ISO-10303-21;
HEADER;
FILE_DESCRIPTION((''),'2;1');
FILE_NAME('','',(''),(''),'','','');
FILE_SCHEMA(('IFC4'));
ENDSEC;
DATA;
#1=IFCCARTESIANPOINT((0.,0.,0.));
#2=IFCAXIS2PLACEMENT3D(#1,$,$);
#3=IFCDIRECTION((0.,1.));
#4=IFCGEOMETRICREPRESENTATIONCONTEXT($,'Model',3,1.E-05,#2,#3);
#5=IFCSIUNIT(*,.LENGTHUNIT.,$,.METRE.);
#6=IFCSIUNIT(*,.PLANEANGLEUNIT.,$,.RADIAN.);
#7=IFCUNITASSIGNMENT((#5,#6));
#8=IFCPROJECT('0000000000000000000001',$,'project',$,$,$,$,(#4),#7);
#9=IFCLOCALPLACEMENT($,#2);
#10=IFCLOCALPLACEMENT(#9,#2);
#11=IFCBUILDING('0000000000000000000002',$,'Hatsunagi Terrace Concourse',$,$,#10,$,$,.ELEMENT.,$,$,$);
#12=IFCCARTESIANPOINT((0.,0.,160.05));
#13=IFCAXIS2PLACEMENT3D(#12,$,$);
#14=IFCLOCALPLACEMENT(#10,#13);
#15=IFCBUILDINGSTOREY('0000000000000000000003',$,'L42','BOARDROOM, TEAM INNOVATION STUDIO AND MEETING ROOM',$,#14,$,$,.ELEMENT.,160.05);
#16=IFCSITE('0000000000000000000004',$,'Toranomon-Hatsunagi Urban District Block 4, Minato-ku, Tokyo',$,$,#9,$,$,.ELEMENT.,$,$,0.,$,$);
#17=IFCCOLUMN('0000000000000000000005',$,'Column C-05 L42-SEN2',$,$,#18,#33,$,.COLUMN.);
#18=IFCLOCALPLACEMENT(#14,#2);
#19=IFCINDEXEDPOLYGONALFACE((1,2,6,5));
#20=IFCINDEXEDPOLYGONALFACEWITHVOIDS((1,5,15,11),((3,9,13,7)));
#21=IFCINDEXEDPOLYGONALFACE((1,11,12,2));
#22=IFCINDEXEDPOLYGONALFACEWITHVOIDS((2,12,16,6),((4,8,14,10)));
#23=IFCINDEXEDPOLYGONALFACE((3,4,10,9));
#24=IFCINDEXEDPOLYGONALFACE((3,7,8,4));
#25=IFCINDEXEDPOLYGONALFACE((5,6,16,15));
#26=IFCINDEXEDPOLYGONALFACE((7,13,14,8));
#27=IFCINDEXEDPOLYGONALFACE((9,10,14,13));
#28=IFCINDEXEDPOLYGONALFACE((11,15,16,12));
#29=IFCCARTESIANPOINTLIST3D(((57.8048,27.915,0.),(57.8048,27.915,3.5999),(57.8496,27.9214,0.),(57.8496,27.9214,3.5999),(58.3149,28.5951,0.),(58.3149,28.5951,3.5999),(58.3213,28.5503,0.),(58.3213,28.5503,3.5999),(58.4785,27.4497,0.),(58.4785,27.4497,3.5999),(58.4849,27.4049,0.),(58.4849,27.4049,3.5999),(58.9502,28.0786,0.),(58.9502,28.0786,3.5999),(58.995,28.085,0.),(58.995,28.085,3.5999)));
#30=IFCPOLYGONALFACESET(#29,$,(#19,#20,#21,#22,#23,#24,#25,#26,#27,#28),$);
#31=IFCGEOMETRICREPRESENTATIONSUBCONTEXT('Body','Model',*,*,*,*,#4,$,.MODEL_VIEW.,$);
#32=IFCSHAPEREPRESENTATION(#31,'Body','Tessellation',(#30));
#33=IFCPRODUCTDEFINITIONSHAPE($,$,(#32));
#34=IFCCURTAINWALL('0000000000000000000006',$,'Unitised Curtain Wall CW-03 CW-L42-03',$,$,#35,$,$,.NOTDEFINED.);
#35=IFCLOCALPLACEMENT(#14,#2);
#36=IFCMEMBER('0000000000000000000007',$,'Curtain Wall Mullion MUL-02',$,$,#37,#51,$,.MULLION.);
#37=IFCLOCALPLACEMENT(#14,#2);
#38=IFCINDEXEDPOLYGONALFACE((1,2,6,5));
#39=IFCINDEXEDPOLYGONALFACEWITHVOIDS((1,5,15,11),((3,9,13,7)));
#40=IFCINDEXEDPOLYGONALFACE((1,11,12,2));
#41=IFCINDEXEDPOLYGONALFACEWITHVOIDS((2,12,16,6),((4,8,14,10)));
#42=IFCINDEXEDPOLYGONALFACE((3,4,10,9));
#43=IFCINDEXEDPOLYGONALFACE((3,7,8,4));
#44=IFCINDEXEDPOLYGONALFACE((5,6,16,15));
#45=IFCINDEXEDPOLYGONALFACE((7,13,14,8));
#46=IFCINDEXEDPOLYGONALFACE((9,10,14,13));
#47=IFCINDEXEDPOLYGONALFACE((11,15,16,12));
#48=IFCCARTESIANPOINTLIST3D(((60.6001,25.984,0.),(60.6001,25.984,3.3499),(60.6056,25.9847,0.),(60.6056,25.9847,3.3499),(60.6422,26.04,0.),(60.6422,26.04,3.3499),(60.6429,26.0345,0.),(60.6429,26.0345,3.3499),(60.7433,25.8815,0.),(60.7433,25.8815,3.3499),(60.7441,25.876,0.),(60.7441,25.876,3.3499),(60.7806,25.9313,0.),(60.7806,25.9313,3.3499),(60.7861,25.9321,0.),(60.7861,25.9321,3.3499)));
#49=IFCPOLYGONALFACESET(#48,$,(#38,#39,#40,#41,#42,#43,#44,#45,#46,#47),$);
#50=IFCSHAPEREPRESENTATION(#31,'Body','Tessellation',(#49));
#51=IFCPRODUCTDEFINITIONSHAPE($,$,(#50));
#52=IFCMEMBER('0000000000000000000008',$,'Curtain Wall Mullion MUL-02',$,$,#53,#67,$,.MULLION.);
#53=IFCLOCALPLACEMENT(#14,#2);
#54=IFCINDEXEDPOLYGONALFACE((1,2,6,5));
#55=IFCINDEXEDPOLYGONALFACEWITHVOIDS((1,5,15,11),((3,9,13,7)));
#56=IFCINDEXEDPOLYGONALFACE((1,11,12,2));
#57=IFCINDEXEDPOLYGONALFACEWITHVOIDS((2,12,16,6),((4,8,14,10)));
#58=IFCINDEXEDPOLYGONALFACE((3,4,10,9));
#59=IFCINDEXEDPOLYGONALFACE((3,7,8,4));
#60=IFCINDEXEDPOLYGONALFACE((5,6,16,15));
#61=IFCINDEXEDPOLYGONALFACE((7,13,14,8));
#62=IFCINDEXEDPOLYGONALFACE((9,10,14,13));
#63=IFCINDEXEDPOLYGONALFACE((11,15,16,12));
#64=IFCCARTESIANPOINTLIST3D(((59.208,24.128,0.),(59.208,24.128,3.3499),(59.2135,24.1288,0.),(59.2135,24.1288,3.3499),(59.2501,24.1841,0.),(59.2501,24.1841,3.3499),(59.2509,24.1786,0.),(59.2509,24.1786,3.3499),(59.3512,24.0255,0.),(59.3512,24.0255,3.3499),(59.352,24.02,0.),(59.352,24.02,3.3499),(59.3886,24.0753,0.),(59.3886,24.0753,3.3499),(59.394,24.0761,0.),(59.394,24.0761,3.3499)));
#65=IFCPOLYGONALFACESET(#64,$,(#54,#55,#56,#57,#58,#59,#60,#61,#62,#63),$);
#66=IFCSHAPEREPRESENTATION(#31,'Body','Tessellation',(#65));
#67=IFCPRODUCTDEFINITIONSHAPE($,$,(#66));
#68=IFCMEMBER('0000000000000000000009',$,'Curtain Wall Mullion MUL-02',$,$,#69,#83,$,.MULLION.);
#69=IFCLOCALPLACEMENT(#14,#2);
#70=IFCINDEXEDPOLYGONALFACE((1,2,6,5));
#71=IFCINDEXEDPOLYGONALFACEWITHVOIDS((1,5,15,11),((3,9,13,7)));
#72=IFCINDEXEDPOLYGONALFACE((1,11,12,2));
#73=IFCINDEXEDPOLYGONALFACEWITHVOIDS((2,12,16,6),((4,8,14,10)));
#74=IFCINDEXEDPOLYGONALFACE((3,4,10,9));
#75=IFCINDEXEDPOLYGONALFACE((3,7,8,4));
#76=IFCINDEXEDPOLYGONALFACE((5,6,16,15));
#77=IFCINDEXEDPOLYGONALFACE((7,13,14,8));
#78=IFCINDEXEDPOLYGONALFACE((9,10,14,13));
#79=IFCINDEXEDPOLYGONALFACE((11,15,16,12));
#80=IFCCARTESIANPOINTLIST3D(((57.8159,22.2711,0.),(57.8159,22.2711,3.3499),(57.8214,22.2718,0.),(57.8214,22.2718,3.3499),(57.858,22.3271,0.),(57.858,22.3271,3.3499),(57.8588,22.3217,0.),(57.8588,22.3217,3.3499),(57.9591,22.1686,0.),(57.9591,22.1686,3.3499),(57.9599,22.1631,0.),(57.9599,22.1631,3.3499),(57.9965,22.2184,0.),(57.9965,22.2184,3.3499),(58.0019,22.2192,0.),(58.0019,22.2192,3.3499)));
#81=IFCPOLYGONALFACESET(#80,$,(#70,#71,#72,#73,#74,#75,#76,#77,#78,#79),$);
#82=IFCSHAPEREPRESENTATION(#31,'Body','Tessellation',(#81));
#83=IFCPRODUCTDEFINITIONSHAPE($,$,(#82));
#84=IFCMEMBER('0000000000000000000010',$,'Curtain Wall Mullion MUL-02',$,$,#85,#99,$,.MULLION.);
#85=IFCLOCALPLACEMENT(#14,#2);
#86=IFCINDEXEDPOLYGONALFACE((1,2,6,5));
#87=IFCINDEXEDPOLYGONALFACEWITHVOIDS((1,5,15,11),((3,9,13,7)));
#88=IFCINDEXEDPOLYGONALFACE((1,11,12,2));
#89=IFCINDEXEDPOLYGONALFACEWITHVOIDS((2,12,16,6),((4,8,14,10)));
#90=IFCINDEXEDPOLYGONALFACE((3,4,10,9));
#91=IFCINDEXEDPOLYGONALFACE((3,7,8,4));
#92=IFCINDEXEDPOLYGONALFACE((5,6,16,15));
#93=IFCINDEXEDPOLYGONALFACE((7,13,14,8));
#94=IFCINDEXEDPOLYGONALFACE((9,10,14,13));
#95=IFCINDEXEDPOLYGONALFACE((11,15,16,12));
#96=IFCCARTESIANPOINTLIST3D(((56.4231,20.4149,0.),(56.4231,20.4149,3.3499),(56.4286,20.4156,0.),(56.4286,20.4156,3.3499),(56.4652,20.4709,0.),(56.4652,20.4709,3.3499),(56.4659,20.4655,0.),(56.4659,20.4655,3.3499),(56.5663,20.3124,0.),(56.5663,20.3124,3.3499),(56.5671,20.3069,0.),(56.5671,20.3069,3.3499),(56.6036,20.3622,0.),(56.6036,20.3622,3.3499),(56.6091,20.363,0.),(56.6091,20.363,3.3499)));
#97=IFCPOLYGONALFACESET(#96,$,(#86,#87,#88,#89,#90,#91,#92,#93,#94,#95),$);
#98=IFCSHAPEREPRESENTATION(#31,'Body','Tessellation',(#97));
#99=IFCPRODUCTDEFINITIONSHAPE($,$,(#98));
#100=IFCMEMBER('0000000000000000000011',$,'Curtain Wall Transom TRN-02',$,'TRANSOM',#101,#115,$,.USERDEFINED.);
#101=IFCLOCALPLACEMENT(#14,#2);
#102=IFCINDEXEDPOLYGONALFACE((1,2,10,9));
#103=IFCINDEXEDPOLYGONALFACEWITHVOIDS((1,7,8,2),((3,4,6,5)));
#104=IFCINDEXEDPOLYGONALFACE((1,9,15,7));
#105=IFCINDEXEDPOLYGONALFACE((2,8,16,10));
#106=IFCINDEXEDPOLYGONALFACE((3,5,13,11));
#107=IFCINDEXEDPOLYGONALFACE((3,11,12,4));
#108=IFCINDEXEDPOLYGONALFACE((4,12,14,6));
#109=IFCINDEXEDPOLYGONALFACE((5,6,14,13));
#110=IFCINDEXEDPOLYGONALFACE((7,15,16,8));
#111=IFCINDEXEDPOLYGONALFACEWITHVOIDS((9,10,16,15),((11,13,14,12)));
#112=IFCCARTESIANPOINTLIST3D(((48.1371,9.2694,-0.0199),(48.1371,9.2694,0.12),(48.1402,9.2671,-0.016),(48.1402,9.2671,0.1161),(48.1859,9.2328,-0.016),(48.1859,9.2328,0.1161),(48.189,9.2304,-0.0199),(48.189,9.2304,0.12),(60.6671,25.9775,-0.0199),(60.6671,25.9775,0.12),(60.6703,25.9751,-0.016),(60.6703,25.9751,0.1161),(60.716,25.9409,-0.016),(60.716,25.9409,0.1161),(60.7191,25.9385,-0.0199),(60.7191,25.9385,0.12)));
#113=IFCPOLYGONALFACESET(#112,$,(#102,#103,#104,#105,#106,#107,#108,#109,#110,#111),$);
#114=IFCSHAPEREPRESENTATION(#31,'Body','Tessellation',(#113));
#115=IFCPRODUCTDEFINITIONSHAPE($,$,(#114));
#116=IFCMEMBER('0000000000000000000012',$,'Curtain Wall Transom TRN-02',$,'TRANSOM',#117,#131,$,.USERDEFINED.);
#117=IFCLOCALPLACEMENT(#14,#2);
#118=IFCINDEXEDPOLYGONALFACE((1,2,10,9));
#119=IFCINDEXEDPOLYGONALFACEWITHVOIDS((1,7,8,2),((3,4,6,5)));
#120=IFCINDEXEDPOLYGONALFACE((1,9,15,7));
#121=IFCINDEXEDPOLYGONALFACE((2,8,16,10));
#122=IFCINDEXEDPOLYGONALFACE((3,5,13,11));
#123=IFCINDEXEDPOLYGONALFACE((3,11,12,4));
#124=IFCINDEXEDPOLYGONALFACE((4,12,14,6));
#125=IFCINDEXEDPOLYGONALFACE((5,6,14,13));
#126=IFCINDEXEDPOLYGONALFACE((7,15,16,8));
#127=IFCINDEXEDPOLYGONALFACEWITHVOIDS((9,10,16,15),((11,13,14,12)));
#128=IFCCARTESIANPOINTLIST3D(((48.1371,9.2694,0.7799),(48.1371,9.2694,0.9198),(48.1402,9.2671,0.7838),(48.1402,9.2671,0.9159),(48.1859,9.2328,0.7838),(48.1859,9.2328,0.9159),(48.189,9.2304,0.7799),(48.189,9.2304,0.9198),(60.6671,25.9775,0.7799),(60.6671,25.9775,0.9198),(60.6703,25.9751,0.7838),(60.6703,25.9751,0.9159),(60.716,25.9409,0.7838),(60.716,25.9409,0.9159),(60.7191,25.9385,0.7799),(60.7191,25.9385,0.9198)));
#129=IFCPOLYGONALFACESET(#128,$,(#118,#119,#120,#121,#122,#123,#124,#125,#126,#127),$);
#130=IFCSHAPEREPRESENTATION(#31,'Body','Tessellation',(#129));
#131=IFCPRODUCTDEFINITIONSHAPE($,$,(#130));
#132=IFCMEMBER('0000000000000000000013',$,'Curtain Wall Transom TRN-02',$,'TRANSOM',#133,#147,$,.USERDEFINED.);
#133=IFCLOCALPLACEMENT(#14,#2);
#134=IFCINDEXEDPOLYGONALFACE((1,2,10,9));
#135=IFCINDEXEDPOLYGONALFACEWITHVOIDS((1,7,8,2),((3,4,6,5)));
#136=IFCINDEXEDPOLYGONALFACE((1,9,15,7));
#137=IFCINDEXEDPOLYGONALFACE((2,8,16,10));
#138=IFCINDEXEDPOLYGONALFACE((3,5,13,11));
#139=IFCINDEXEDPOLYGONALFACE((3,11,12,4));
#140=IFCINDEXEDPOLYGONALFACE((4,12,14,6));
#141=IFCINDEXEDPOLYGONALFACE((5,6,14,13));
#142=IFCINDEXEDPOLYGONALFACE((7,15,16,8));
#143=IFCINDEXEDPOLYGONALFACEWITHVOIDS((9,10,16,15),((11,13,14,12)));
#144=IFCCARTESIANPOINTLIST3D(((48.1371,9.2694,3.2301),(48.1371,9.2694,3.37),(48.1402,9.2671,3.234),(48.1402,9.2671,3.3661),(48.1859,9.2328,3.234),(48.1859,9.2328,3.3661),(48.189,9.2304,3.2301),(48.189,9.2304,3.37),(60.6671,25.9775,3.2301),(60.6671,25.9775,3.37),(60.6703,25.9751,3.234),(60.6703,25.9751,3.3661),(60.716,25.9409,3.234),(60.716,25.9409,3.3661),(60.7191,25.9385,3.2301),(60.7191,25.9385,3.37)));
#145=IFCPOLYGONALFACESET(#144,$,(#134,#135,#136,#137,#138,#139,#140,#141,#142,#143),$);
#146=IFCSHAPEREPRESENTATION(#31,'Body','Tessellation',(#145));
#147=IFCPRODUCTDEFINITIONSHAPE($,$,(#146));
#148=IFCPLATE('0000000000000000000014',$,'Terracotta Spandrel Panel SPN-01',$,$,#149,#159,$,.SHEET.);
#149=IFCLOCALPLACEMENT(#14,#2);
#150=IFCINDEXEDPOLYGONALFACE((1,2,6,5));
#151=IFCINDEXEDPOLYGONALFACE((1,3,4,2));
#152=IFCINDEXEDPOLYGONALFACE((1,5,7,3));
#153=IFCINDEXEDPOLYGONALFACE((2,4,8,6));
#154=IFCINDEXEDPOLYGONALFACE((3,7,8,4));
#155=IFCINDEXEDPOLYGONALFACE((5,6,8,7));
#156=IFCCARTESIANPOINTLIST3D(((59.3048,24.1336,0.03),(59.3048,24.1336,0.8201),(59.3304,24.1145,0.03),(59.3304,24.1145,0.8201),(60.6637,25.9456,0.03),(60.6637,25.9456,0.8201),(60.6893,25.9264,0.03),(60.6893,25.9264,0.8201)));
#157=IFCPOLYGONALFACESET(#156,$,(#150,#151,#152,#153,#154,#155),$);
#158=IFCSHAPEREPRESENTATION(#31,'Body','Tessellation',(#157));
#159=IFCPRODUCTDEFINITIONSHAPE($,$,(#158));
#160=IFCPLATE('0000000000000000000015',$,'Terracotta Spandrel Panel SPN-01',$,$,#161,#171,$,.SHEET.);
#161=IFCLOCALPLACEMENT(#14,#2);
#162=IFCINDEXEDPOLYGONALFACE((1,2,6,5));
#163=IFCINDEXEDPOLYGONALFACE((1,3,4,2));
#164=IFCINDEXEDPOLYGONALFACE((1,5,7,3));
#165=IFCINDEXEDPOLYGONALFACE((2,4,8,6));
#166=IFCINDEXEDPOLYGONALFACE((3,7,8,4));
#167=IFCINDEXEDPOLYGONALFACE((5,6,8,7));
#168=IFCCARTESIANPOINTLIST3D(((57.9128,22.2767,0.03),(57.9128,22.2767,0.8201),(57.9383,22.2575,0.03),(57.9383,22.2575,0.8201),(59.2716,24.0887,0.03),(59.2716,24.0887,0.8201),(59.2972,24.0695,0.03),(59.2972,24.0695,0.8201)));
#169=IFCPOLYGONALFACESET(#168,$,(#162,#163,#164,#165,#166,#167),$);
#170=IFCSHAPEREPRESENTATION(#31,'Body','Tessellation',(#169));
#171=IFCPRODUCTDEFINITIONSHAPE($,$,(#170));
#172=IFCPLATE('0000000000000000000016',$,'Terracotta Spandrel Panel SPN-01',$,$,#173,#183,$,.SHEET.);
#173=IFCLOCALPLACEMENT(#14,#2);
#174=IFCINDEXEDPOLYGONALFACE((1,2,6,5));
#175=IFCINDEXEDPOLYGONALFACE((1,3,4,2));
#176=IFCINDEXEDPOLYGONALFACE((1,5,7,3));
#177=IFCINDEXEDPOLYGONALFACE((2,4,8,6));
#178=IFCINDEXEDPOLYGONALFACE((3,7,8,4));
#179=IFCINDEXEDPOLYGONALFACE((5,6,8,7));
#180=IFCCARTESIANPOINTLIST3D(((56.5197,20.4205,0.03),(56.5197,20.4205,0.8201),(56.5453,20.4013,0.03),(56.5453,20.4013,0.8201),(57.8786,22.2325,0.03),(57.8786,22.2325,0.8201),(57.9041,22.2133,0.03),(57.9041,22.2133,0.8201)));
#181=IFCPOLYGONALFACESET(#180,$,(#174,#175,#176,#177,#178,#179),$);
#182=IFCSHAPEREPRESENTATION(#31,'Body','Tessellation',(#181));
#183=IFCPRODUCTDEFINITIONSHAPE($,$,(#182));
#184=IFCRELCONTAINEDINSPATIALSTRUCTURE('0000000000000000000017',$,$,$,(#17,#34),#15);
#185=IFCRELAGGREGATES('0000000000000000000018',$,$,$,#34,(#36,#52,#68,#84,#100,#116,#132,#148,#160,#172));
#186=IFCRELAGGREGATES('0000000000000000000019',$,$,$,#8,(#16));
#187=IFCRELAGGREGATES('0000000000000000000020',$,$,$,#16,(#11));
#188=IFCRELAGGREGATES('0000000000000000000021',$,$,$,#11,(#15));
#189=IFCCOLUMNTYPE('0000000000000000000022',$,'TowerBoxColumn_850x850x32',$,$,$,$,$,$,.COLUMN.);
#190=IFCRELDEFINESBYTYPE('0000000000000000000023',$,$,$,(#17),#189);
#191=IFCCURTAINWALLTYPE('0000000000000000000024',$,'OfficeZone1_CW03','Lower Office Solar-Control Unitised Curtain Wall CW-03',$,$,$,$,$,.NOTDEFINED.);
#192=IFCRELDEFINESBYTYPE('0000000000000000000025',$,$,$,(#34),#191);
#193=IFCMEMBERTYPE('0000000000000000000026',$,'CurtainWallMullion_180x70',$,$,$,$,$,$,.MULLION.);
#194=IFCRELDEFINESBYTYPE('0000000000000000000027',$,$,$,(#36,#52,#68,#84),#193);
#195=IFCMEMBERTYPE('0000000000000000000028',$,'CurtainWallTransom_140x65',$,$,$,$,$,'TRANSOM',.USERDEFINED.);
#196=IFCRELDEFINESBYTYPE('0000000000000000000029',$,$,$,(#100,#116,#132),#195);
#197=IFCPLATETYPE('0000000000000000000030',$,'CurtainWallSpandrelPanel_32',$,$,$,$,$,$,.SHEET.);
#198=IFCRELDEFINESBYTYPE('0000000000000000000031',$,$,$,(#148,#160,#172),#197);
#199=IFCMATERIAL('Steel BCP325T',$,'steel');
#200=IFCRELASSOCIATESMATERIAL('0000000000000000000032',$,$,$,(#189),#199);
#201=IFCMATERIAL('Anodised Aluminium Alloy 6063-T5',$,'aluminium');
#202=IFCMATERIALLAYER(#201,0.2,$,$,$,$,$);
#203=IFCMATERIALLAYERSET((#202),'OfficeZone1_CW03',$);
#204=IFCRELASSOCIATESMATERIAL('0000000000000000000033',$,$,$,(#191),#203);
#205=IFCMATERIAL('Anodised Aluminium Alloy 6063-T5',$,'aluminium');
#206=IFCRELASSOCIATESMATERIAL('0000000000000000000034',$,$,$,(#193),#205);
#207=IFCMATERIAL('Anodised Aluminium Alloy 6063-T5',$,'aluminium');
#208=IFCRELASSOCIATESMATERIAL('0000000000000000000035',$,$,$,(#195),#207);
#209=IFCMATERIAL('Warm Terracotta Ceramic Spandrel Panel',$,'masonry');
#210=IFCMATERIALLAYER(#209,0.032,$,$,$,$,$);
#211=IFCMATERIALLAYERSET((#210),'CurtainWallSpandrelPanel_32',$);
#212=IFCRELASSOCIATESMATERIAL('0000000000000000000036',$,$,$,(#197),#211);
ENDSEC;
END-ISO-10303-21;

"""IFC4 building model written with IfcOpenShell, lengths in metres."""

from ifc_helpers import new_model, si_unit, direction, frame, origin, origin_2d, place, context, subcontext, project, spatial, rectangle, hollow_rectangle, extrude, material, layer, layer_set, material_profile, profile_set, type_object, element, aggregate, save


model = new_model("IFC4")

# Units and contexts
model_context = context("Model", 3, precision=1e-05, world=origin(), true_north=direction((0.0, 1.0)))
body_context = subcontext(model_context, "Body", "Model", "MODEL_VIEW")
ifc_project = project(units=[si_unit("LENGTHUNIT", "METRE"), si_unit("PLANEANGLEUNIT", "RADIAN")], contexts=[model_context])

# Site, building, storey
site_placement = place(None, origin())
site = spatial("IfcSite", under=ifc_project, at=site_placement, Name="Toranomon-Hatsunagi Urban District Block 4, Minato-ku, Tokyo", CompositionType="ELEMENT", RefElevation=0.0)
building_placement = place(site_placement, origin())
building = spatial("IfcBuilding", under=site, at=building_placement, Name="Hatsunagi Terrace Concourse", CompositionType="ELEMENT")
storey_placement = place(building_placement, frame((0.0, 0.0, 160.05)))
storey = spatial("IfcBuildingStorey", under=building, at=storey_placement, Name="L42", Description="BOARDROOM, TEAM INNOVATION STUDIO AND MEETING ROOM", CompositionType="ELEMENT", Elevation=160.05)

# Column
ifc_material_1 = material(Name="Steel BCP325T", Category="steel")
ifc_material_profile_1 = material_profile(ifc_material_1, hollow_rectangle(XDim=0.8501, YDim=0.8501, WallThickness=0.032, at=origin_2d()), Name="BCP-850x850x32")
ifc_profile_set_1 = profile_set([ifc_material_profile_1], Name="Steel BCP325T")
column_type = type_object("IfcColumnType", Name="TowerBoxColumn_850x850x32", PredefinedType="COLUMN", material=ifc_profile_set_1)
column_placement = place(storey_placement, frame((58.3999, 28.0, 0.0), z_axis=(0.0, 0.0, 1.0), x_axis=(0.8, -0.6, 0.0)))
element("IfcColumn", 1, at=column_placement, inside=storey, type_object=column_type, Name="Column C-05 L42-SEN2", PredefinedType="COLUMN", context=body_context, shape_type="SweptSolid", body=[
    extrude(hollow_rectangle(XDim=0.8501, YDim=0.8501, WallThickness=0.032, at=origin_2d()), origin(), (0.0, 0.0, 1.0), 3.5999),
])

# Curtain wall, members, plates
ifc_material_2 = material(Name="Anodised Aluminium Alloy 6063-T5", Category="aluminium")
ifc_layer_1 = layer(ifc_material_2, 0.2)
ifc_layer_set_1 = layer_set([ifc_layer_1], Name="OfficeZone1_CW03")
curtain_wall_type = type_object("IfcCurtainWallType", Name="OfficeZone1_CW03", Description="Lower Office Solar-Control Unitised Curtain Wall CW-03", PredefinedType="NOTDEFINED", material=ifc_layer_set_1)
curtain_wall_placement = place(storey_placement, origin())
curtain_wall = element("IfcCurtainWall", 2, at=curtain_wall_placement, inside=storey, type_object=curtain_wall_type, Name="Unitised Curtain Wall CW-03 CW-L42-03", PredefinedType="NOTDEFINED")
ifc_material_3 = material(Name="Anodised Aluminium Alloy 6063-T5", Category="aluminium")
ifc_material_profile_2 = material_profile(ifc_material_3, hollow_rectangle(XDim=0.0701, YDim=0.1799, WallThickness=0.0039, at=origin_2d()), Name="ALU-MUL-180x70x4")
ifc_profile_set_2 = profile_set([ifc_material_profile_2], Name="Anodised Aluminium Alloy 6063-T5")
member_type_1 = type_object("IfcMemberType", Name="CurtainWallMullion_180x70", PredefinedType="MULLION", material=ifc_profile_set_2)
member_1_placement = place(storey_placement, frame((60.6931, 25.958, 0.0), z_axis=(0.0, 0.0, 1.0), x_axis=(-0.599969, -0.800023, 0.0)))
member_1 = element("IfcMember", 3, at=member_1_placement, type_object=member_type_1, Name="Curtain Wall Mullion MUL-02", PredefinedType="MULLION", context=body_context, shape_type="SweptSolid", body=[
    extrude(hollow_rectangle(XDim=0.0701, YDim=0.1799, WallThickness=0.0039, at=origin_2d()), origin(), (0.0, 0.0, 1.0), 3.3499),
])
member_2_placement = place(storey_placement, frame((59.301, 24.1021, 0.0), z_axis=(0.0, 0.0, 1.0), x_axis=(-0.599969, -0.800023, 0.0)))
member_2 = element("IfcMember", 4, at=member_2_placement, type_object=member_type_1, Name="Curtain Wall Mullion MUL-02", PredefinedType="MULLION", context=body_context, shape_type="SweptSolid", body=[
    extrude(hollow_rectangle(XDim=0.0701, YDim=0.1799, WallThickness=0.0039, at=origin_2d()), origin(), (0.0, 0.0, 1.0), 3.3499),
])
member_3_placement = place(storey_placement, frame((57.9089, 22.2451, 0.0), z_axis=(0.0, 0.0, 1.0), x_axis=(-0.599969, -0.800023, 0.0)))
member_3 = element("IfcMember", 5, at=member_3_placement, type_object=member_type_1, Name="Curtain Wall Mullion MUL-02", PredefinedType="MULLION", context=body_context, shape_type="SweptSolid", body=[
    extrude(hollow_rectangle(XDim=0.0701, YDim=0.1799, WallThickness=0.0039, at=origin_2d()), origin(), (0.0, 0.0, 1.0), 3.3499),
])
member_4_placement = place(storey_placement, frame((56.5161, 20.3889, 0.0), z_axis=(0.0, 0.0, 1.0), x_axis=(-0.599969, -0.800023, 0.0)))
member_4 = element("IfcMember", 6, at=member_4_placement, type_object=member_type_1, Name="Curtain Wall Mullion MUL-02", PredefinedType="MULLION", context=body_context, shape_type="SweptSolid", body=[
    extrude(hollow_rectangle(XDim=0.0701, YDim=0.1799, WallThickness=0.0039, at=origin_2d()), origin(), (0.0, 0.0, 1.0), 3.3499),
])
ifc_material_4 = material(Name="Anodised Aluminium Alloy 6063-T5", Category="aluminium")
ifc_material_profile_3 = material_profile(ifc_material_4, hollow_rectangle(XDim=0.0649, YDim=0.1399, WallThickness=0.0039, at=origin_2d()), Name="ALU-TRN-140x65x4")
ifc_profile_set_3 = profile_set([ifc_material_profile_3], Name="Anodised Aluminium Alloy 6063-T5")
member_type_2 = type_object("IfcMemberType", Name="CurtainWallTransom_140x65", ElementType="TRANSOM", PredefinedType="USERDEFINED", material=ifc_profile_set_3)
member_5_placement = place(storey_placement, frame((60.6931, 25.958, 0.05), z_axis=(-0.59997, -0.800022, 0.0), x_axis=(0.800022, -0.59997, 0.0)))
member_5 = element("IfcMember", 7, at=member_5_placement, type_object=member_type_2, Name="Curtain Wall Transom TRN-02", ObjectType="TRANSOM", PredefinedType="USERDEFINED", context=body_context, shape_type="SweptSolid", body=[
    extrude(hollow_rectangle(XDim=0.0649, YDim=0.1399, WallThickness=0.0039, at=origin_2d()), origin(), (0.0, 0.0, 1.0), 20.8845),
])
member_6_placement = place(storey_placement, frame((60.6931, 25.958, 0.8499), z_axis=(-0.59997, -0.800022, 0.0), x_axis=(0.800022, -0.59997, 0.0)))
member_6 = element("IfcMember", 8, at=member_6_placement, type_object=member_type_2, Name="Curtain Wall Transom TRN-02", ObjectType="TRANSOM", PredefinedType="USERDEFINED", context=body_context, shape_type="SweptSolid", body=[
    extrude(hollow_rectangle(XDim=0.0649, YDim=0.1399, WallThickness=0.0039, at=origin_2d()), origin(), (0.0, 0.0, 1.0), 20.8845),
])
member_7_placement = place(storey_placement, frame((60.6931, 25.958, 3.3), z_axis=(-0.59997, -0.800022, 0.0), x_axis=(0.800022, -0.59997, 0.0)))
member_7 = element("IfcMember", 9, at=member_7_placement, type_object=member_type_2, Name="Curtain Wall Transom TRN-02", ObjectType="TRANSOM", PredefinedType="USERDEFINED", context=body_context, shape_type="SweptSolid", body=[
    extrude(hollow_rectangle(XDim=0.0649, YDim=0.1399, WallThickness=0.0039, at=origin_2d()), origin(), (0.0, 0.0, 1.0), 20.8845),
])
ifc_material_5 = material(Name="Warm Terracotta Ceramic Spandrel Panel", Category="masonry")
ifc_layer_2 = layer(ifc_material_5, 0.032)
ifc_layer_set_2 = layer_set([ifc_layer_2], Name="CurtainWallSpandrelPanel_32")
plate_type_1 = type_object("IfcPlateType", Name="CurtainWallSpandrelPanel_32", PredefinedType="SHEET", material=ifc_layer_set_2)
plate_1_placement = place(storey_placement, frame((59.9971, 25.03, 0.03), z_axis=(0.0, 0.0, 1.0), x_axis=(-0.599969, -0.800023, 0.0)))
plate_1 = element("IfcPlate", 10, at=plate_1_placement, type_object=plate_type_1, Name="Terracotta Spandrel Panel SPN-01", PredefinedType="SHEET", context=body_context, shape_type="SweptSolid", body=[
    extrude(rectangle(XDim=2.2649, YDim=0.032, at=origin_2d()), origin(), (0.0, 0.0, 1.0), 0.79),
])
plate_2_placement = place(storey_placement, frame((58.605, 23.1731, 0.03), z_axis=(0.0, 0.0, 1.0), x_axis=(-0.599969, -0.800023, 0.0)))
plate_2 = element("IfcPlate", 11, at=plate_2_placement, type_object=plate_type_1, Name="Terracotta Spandrel Panel SPN-01", PredefinedType="SHEET", context=body_context, shape_type="SweptSolid", body=[
    extrude(rectangle(XDim=2.2649, YDim=0.032, at=origin_2d()), origin(), (0.0, 0.0, 1.0), 0.79),
])
plate_3_placement = place(storey_placement, frame((57.2119, 21.3169, 0.03), z_axis=(0.0, 0.0, 1.0), x_axis=(-0.599969, -0.800023, 0.0)))
plate_3 = element("IfcPlate", 12, at=plate_3_placement, type_object=plate_type_1, Name="Terracotta Spandrel Panel SPN-01", PredefinedType="SHEET", context=body_context, shape_type="SweptSolid", body=[
    extrude(rectangle(XDim=2.2649, YDim=0.032, at=origin_2d()), origin(), (0.0, 0.0, 1.0), 0.79),
])
aggregate(curtain_wall, [member_1, member_2, member_3, member_4, member_5, member_6, member_7, plate_1, plate_2, plate_3])

save(model, "model.ifc")
